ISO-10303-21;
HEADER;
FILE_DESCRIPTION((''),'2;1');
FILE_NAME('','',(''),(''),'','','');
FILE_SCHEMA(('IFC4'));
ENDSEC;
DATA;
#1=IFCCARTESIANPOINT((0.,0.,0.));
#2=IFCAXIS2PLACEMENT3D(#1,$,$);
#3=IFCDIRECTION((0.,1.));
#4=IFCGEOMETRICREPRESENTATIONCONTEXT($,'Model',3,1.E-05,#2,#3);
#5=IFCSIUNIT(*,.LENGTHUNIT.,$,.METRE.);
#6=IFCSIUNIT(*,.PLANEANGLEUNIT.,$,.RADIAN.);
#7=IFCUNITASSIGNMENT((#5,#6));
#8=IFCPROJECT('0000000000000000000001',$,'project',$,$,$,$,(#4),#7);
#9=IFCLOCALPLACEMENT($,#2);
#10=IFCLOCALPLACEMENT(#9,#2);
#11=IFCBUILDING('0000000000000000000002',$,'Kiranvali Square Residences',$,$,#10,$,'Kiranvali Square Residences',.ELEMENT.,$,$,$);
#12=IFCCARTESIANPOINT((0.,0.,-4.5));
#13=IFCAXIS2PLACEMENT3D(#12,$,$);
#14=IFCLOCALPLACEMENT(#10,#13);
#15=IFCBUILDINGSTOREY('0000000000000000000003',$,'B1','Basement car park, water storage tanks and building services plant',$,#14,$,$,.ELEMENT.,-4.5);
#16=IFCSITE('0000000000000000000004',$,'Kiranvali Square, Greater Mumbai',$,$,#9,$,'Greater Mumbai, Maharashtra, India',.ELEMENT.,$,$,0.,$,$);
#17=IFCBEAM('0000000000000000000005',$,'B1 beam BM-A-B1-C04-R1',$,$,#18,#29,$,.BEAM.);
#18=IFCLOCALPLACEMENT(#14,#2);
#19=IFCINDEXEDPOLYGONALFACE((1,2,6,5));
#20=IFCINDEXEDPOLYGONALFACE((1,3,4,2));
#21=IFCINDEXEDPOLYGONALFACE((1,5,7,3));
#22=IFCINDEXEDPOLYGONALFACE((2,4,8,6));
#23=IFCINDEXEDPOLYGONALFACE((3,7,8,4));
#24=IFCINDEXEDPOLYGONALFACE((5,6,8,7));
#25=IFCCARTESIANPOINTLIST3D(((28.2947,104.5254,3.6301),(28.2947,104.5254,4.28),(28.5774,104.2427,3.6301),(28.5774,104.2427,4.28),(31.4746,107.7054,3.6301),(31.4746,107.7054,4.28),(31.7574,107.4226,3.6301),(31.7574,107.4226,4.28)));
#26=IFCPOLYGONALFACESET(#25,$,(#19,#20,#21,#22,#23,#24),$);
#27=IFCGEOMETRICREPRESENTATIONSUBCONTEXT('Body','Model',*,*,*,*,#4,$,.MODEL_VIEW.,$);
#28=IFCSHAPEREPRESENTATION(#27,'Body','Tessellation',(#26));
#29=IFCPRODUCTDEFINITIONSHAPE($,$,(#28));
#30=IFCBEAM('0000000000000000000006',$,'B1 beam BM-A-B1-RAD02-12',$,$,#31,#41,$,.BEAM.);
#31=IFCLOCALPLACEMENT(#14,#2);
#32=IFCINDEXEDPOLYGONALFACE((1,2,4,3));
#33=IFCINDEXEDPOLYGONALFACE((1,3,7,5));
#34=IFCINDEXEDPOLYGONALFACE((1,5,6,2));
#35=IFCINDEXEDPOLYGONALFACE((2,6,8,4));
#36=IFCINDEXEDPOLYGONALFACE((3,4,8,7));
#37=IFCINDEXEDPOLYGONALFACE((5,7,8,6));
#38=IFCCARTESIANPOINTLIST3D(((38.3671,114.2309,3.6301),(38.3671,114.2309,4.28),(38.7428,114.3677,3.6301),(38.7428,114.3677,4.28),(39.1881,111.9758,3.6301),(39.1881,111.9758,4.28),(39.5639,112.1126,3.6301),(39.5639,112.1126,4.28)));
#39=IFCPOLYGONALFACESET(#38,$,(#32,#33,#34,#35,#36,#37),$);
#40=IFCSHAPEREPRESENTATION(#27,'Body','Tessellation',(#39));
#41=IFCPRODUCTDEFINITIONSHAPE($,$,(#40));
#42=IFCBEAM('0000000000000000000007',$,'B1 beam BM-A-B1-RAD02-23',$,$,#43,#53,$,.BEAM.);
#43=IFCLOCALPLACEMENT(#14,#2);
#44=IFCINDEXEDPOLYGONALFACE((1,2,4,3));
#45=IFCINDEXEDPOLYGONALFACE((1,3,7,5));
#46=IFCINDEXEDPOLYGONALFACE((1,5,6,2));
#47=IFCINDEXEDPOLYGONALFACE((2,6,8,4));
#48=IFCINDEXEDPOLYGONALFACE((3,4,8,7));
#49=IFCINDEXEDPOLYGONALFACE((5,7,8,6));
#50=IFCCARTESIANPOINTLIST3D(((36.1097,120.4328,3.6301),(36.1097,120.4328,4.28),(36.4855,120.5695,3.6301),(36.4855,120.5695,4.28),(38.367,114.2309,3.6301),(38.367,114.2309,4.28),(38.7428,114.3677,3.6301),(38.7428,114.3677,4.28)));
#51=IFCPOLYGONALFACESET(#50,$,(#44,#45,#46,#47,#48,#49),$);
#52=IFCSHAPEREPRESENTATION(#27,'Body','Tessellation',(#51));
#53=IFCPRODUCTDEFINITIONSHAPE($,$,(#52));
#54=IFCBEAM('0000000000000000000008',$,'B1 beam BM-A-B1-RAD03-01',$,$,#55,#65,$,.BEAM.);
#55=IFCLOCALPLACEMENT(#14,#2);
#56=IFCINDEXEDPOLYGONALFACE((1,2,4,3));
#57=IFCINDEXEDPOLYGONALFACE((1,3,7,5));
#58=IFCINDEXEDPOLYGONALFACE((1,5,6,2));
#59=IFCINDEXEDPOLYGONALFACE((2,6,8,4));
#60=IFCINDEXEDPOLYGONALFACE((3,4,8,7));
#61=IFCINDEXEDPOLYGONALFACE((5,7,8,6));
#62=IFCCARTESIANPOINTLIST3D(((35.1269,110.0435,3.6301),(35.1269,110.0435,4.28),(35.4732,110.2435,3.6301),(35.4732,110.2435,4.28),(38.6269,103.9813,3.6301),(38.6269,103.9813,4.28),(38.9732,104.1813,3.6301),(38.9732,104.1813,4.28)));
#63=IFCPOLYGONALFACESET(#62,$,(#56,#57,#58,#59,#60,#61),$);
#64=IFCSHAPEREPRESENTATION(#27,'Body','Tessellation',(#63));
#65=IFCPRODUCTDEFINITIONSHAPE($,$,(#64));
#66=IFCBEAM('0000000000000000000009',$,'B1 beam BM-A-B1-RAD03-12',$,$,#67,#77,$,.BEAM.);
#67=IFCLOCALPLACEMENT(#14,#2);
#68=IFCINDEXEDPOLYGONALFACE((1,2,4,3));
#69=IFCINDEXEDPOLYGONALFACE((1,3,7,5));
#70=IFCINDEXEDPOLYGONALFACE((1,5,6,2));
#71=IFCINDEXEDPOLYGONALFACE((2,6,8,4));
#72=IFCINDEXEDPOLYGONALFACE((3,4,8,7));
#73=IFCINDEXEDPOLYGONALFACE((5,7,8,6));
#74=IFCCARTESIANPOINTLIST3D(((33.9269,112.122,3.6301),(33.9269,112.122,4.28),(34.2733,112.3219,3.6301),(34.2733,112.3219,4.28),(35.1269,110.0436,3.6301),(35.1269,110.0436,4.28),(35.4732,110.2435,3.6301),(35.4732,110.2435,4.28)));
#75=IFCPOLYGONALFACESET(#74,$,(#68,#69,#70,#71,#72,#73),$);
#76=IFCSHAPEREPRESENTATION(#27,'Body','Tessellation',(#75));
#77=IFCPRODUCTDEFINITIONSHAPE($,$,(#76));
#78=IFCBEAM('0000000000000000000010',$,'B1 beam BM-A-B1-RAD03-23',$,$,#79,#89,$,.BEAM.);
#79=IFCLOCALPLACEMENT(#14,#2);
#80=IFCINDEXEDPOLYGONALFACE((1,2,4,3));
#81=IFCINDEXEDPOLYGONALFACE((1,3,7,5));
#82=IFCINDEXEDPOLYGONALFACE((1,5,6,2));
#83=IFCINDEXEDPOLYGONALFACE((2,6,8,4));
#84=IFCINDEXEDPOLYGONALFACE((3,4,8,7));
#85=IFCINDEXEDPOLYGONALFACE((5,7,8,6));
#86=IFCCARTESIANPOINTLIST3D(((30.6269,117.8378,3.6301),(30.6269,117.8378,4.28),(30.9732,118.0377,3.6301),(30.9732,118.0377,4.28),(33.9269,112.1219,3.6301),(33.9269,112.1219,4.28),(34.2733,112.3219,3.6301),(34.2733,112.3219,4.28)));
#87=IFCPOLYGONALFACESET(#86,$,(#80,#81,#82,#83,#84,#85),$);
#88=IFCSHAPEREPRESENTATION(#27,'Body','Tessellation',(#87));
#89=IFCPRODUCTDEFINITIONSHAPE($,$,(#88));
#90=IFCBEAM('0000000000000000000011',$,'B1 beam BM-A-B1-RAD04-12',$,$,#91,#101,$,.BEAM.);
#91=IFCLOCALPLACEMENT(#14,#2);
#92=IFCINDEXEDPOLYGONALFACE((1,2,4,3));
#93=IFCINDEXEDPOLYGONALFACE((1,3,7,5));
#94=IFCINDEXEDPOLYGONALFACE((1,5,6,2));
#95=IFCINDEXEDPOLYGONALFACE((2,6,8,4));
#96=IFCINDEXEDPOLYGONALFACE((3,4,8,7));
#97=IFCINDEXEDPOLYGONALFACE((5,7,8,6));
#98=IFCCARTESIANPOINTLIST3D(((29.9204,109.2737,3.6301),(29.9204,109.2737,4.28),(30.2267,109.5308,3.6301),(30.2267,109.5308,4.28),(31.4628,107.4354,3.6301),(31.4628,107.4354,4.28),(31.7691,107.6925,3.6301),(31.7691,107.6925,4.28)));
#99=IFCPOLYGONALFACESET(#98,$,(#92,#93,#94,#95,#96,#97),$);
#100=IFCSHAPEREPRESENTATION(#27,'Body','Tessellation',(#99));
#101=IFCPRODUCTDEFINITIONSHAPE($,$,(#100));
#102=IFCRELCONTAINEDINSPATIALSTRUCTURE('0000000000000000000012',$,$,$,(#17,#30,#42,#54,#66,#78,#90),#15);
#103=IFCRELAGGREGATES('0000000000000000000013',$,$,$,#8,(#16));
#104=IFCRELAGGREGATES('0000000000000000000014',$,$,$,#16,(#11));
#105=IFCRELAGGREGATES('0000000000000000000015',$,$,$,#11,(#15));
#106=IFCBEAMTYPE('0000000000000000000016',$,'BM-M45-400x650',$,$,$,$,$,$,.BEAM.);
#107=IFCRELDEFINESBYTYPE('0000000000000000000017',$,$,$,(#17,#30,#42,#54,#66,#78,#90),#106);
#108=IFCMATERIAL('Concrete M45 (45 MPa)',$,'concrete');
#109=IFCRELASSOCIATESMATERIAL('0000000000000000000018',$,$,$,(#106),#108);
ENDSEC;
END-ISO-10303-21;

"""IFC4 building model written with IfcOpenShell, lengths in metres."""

from ifc_helpers import new_model, si_unit, direction, frame, origin, origin_2d, place, context, subcontext, project, spatial, rectangle, extrude, material, material_profile, profile_set, type_object, element, save


model = new_model("IFC4")

# Units and contexts
model_context = context("Model", 3, precision=1e-05, world=origin(), true_north=direction((0.0, 1.0)))
body_context = subcontext(model_context, "Body", "Model", "MODEL_VIEW")
ifc_project = project(units=[si_unit("LENGTHUNIT", "METRE"), si_unit("PLANEANGLEUNIT", "RADIAN")], contexts=[model_context])

# Site, building, storey
site_placement = place(None, origin())
site = spatial("IfcSite", under=ifc_project, at=site_placement, Name="Kiranvali Square, Greater Mumbai", LongName="Greater Mumbai, Maharashtra, India", CompositionType="ELEMENT", RefElevation=0.0)
building_placement = place(site_placement, origin())
building = spatial("IfcBuilding", under=site, at=building_placement, Name="Kiranvali Square Residences", LongName="Kiranvali Square Residences", CompositionType="ELEMENT")
storey_placement = place(building_placement, frame((0.0, 0.0, -4.5)))
storey = spatial("IfcBuildingStorey", under=building, at=storey_placement, Name="B1", Description="Basement car park, water storage tanks and building services plant", CompositionType="ELEMENT", Elevation=-4.5)

# Shared definitions
ifc_material_1 = material(Name="Concrete M45 (45 MPa)", Category="concrete")

# Beams
ifc_material_profile_1 = material_profile(ifc_material_1, rectangle(XDim=0.3999, YDim=0.6499, at=origin_2d()), Name="RC 400x650")
ifc_profile_set_1 = profile_set([ifc_material_profile_1], Name="Concrete M45 (45 MPa)")
beam_type = type_object("IfcBeamType", Name="BM-M45-400x650", PredefinedType="BEAM", material=ifc_profile_set_1)
beam_1_placement = place(storey_placement, frame((31.616, 107.564, 3.9551), z_axis=(-0.707107, -0.707107, 0.0), x_axis=(0.707107, -0.707107, 0.0)))
element("IfcBeam", 1, at=beam_1_placement, inside=storey, type_object=beam_type, Name="B1 beam BM-A-B1-C04-R1", PredefinedType="BEAM", context=body_context, shape_type="SweptSolid", body=[
    extrude(rectangle(XDim=0.3999, YDim=0.6499, at=origin_2d()), origin(), (0.0, 0.0, 1.0), 4.4971),
])
beam_2_placement = place(storey_placement, frame((39.376, 112.0442, 3.9551), z_axis=(-0.342111, 0.93966, 0.0), x_axis=(-0.93966, -0.342111, 0.0)))
element("IfcBeam", 2, at=beam_2_placement, inside=storey, type_object=beam_type, Name="B1 beam BM-A-B1-RAD02-12", PredefinedType="BEAM", context=body_context, shape_type="SweptSolid", body=[
    extrude(rectangle(XDim=0.3999, YDim=0.6499, at=origin_2d()), origin(), (0.0, 0.0, 1.0), 2.3999),
])
beam_3_placement = place(storey_placement, frame((38.5549, 114.2993, 3.9551), z_axis=(-0.342022, 0.939692, 0.0), x_axis=(-0.939692, -0.342022, 0.0)))
element("IfcBeam", 3, at=beam_3_placement, inside=storey, type_object=beam_type, Name="B1 beam BM-A-B1-RAD02-23", PredefinedType="BEAM", context=body_context, shape_type="SweptSolid", body=[
    extrude(rectangle(XDim=0.3999, YDim=0.6499, at=origin_2d()), origin(), (0.0, 0.0, 1.0), 6.5999),
])
beam_4_placement = place(storey_placement, frame((38.8, 104.0813, 3.9551), z_axis=(-0.499995, 0.866028, 0.0), x_axis=(-0.866028, -0.499995, 0.0)))
element("IfcBeam", 4, at=beam_4_placement, inside=storey, type_object=beam_type, Name="B1 beam BM-A-B1-RAD03-01", PredefinedType="BEAM", context=body_context, shape_type="SweptSolid", body=[
    extrude(rectangle(XDim=0.3999, YDim=0.6499, at=origin_2d()), origin(), (0.0, 0.0, 1.0), 7.0),
])
beam_5_placement = place(storey_placement, frame((35.3, 110.1436, 3.9551), z_axis=(-0.500001, 0.866025, 0.0), x_axis=(-0.866025, -0.500001, 0.0)))
element("IfcBeam", 5, at=beam_5_placement, inside=storey, type_object=beam_type, Name="B1 beam BM-A-B1-RAD03-12", PredefinedType="BEAM", context=body_context, shape_type="SweptSolid", body=[
    extrude(rectangle(XDim=0.3999, YDim=0.6499, at=origin_2d()), origin(), (0.0, 0.0, 1.0), 2.3999),
])
beam_6_placement = place(storey_placement, frame((34.1001, 112.2219, 3.9551), z_axis=(-0.500002, 0.866024, 0.0), x_axis=(-0.866024, -0.500002, 0.0)))
element("IfcBeam", 6, at=beam_6_placement, inside=storey, type_object=beam_type, Name="B1 beam BM-A-B1-RAD03-23", PredefinedType="BEAM", context=body_context, shape_type="SweptSolid", body=[
    extrude(rectangle(XDim=0.3999, YDim=0.6499, at=origin_2d()), origin(), (0.0, 0.0, 1.0), 6.6001),
])
beam_7_placement = place(storey_placement, frame((31.616, 107.564, 3.9551), z_axis=(-0.642763, 0.766065, 0.0), x_axis=(-0.766065, -0.642763, 0.0)))
element("IfcBeam", 7, at=beam_7_placement, inside=storey, type_object=beam_type, Name="B1 beam BM-A-B1-RAD04-12", PredefinedType="BEAM", context=body_context, shape_type="SweptSolid", body=[
    extrude(rectangle(XDim=0.3999, YDim=0.6499, at=origin_2d()), origin(), (0.0, 0.0, 1.0), 2.3997),
])

save(model, "model.ifc")
